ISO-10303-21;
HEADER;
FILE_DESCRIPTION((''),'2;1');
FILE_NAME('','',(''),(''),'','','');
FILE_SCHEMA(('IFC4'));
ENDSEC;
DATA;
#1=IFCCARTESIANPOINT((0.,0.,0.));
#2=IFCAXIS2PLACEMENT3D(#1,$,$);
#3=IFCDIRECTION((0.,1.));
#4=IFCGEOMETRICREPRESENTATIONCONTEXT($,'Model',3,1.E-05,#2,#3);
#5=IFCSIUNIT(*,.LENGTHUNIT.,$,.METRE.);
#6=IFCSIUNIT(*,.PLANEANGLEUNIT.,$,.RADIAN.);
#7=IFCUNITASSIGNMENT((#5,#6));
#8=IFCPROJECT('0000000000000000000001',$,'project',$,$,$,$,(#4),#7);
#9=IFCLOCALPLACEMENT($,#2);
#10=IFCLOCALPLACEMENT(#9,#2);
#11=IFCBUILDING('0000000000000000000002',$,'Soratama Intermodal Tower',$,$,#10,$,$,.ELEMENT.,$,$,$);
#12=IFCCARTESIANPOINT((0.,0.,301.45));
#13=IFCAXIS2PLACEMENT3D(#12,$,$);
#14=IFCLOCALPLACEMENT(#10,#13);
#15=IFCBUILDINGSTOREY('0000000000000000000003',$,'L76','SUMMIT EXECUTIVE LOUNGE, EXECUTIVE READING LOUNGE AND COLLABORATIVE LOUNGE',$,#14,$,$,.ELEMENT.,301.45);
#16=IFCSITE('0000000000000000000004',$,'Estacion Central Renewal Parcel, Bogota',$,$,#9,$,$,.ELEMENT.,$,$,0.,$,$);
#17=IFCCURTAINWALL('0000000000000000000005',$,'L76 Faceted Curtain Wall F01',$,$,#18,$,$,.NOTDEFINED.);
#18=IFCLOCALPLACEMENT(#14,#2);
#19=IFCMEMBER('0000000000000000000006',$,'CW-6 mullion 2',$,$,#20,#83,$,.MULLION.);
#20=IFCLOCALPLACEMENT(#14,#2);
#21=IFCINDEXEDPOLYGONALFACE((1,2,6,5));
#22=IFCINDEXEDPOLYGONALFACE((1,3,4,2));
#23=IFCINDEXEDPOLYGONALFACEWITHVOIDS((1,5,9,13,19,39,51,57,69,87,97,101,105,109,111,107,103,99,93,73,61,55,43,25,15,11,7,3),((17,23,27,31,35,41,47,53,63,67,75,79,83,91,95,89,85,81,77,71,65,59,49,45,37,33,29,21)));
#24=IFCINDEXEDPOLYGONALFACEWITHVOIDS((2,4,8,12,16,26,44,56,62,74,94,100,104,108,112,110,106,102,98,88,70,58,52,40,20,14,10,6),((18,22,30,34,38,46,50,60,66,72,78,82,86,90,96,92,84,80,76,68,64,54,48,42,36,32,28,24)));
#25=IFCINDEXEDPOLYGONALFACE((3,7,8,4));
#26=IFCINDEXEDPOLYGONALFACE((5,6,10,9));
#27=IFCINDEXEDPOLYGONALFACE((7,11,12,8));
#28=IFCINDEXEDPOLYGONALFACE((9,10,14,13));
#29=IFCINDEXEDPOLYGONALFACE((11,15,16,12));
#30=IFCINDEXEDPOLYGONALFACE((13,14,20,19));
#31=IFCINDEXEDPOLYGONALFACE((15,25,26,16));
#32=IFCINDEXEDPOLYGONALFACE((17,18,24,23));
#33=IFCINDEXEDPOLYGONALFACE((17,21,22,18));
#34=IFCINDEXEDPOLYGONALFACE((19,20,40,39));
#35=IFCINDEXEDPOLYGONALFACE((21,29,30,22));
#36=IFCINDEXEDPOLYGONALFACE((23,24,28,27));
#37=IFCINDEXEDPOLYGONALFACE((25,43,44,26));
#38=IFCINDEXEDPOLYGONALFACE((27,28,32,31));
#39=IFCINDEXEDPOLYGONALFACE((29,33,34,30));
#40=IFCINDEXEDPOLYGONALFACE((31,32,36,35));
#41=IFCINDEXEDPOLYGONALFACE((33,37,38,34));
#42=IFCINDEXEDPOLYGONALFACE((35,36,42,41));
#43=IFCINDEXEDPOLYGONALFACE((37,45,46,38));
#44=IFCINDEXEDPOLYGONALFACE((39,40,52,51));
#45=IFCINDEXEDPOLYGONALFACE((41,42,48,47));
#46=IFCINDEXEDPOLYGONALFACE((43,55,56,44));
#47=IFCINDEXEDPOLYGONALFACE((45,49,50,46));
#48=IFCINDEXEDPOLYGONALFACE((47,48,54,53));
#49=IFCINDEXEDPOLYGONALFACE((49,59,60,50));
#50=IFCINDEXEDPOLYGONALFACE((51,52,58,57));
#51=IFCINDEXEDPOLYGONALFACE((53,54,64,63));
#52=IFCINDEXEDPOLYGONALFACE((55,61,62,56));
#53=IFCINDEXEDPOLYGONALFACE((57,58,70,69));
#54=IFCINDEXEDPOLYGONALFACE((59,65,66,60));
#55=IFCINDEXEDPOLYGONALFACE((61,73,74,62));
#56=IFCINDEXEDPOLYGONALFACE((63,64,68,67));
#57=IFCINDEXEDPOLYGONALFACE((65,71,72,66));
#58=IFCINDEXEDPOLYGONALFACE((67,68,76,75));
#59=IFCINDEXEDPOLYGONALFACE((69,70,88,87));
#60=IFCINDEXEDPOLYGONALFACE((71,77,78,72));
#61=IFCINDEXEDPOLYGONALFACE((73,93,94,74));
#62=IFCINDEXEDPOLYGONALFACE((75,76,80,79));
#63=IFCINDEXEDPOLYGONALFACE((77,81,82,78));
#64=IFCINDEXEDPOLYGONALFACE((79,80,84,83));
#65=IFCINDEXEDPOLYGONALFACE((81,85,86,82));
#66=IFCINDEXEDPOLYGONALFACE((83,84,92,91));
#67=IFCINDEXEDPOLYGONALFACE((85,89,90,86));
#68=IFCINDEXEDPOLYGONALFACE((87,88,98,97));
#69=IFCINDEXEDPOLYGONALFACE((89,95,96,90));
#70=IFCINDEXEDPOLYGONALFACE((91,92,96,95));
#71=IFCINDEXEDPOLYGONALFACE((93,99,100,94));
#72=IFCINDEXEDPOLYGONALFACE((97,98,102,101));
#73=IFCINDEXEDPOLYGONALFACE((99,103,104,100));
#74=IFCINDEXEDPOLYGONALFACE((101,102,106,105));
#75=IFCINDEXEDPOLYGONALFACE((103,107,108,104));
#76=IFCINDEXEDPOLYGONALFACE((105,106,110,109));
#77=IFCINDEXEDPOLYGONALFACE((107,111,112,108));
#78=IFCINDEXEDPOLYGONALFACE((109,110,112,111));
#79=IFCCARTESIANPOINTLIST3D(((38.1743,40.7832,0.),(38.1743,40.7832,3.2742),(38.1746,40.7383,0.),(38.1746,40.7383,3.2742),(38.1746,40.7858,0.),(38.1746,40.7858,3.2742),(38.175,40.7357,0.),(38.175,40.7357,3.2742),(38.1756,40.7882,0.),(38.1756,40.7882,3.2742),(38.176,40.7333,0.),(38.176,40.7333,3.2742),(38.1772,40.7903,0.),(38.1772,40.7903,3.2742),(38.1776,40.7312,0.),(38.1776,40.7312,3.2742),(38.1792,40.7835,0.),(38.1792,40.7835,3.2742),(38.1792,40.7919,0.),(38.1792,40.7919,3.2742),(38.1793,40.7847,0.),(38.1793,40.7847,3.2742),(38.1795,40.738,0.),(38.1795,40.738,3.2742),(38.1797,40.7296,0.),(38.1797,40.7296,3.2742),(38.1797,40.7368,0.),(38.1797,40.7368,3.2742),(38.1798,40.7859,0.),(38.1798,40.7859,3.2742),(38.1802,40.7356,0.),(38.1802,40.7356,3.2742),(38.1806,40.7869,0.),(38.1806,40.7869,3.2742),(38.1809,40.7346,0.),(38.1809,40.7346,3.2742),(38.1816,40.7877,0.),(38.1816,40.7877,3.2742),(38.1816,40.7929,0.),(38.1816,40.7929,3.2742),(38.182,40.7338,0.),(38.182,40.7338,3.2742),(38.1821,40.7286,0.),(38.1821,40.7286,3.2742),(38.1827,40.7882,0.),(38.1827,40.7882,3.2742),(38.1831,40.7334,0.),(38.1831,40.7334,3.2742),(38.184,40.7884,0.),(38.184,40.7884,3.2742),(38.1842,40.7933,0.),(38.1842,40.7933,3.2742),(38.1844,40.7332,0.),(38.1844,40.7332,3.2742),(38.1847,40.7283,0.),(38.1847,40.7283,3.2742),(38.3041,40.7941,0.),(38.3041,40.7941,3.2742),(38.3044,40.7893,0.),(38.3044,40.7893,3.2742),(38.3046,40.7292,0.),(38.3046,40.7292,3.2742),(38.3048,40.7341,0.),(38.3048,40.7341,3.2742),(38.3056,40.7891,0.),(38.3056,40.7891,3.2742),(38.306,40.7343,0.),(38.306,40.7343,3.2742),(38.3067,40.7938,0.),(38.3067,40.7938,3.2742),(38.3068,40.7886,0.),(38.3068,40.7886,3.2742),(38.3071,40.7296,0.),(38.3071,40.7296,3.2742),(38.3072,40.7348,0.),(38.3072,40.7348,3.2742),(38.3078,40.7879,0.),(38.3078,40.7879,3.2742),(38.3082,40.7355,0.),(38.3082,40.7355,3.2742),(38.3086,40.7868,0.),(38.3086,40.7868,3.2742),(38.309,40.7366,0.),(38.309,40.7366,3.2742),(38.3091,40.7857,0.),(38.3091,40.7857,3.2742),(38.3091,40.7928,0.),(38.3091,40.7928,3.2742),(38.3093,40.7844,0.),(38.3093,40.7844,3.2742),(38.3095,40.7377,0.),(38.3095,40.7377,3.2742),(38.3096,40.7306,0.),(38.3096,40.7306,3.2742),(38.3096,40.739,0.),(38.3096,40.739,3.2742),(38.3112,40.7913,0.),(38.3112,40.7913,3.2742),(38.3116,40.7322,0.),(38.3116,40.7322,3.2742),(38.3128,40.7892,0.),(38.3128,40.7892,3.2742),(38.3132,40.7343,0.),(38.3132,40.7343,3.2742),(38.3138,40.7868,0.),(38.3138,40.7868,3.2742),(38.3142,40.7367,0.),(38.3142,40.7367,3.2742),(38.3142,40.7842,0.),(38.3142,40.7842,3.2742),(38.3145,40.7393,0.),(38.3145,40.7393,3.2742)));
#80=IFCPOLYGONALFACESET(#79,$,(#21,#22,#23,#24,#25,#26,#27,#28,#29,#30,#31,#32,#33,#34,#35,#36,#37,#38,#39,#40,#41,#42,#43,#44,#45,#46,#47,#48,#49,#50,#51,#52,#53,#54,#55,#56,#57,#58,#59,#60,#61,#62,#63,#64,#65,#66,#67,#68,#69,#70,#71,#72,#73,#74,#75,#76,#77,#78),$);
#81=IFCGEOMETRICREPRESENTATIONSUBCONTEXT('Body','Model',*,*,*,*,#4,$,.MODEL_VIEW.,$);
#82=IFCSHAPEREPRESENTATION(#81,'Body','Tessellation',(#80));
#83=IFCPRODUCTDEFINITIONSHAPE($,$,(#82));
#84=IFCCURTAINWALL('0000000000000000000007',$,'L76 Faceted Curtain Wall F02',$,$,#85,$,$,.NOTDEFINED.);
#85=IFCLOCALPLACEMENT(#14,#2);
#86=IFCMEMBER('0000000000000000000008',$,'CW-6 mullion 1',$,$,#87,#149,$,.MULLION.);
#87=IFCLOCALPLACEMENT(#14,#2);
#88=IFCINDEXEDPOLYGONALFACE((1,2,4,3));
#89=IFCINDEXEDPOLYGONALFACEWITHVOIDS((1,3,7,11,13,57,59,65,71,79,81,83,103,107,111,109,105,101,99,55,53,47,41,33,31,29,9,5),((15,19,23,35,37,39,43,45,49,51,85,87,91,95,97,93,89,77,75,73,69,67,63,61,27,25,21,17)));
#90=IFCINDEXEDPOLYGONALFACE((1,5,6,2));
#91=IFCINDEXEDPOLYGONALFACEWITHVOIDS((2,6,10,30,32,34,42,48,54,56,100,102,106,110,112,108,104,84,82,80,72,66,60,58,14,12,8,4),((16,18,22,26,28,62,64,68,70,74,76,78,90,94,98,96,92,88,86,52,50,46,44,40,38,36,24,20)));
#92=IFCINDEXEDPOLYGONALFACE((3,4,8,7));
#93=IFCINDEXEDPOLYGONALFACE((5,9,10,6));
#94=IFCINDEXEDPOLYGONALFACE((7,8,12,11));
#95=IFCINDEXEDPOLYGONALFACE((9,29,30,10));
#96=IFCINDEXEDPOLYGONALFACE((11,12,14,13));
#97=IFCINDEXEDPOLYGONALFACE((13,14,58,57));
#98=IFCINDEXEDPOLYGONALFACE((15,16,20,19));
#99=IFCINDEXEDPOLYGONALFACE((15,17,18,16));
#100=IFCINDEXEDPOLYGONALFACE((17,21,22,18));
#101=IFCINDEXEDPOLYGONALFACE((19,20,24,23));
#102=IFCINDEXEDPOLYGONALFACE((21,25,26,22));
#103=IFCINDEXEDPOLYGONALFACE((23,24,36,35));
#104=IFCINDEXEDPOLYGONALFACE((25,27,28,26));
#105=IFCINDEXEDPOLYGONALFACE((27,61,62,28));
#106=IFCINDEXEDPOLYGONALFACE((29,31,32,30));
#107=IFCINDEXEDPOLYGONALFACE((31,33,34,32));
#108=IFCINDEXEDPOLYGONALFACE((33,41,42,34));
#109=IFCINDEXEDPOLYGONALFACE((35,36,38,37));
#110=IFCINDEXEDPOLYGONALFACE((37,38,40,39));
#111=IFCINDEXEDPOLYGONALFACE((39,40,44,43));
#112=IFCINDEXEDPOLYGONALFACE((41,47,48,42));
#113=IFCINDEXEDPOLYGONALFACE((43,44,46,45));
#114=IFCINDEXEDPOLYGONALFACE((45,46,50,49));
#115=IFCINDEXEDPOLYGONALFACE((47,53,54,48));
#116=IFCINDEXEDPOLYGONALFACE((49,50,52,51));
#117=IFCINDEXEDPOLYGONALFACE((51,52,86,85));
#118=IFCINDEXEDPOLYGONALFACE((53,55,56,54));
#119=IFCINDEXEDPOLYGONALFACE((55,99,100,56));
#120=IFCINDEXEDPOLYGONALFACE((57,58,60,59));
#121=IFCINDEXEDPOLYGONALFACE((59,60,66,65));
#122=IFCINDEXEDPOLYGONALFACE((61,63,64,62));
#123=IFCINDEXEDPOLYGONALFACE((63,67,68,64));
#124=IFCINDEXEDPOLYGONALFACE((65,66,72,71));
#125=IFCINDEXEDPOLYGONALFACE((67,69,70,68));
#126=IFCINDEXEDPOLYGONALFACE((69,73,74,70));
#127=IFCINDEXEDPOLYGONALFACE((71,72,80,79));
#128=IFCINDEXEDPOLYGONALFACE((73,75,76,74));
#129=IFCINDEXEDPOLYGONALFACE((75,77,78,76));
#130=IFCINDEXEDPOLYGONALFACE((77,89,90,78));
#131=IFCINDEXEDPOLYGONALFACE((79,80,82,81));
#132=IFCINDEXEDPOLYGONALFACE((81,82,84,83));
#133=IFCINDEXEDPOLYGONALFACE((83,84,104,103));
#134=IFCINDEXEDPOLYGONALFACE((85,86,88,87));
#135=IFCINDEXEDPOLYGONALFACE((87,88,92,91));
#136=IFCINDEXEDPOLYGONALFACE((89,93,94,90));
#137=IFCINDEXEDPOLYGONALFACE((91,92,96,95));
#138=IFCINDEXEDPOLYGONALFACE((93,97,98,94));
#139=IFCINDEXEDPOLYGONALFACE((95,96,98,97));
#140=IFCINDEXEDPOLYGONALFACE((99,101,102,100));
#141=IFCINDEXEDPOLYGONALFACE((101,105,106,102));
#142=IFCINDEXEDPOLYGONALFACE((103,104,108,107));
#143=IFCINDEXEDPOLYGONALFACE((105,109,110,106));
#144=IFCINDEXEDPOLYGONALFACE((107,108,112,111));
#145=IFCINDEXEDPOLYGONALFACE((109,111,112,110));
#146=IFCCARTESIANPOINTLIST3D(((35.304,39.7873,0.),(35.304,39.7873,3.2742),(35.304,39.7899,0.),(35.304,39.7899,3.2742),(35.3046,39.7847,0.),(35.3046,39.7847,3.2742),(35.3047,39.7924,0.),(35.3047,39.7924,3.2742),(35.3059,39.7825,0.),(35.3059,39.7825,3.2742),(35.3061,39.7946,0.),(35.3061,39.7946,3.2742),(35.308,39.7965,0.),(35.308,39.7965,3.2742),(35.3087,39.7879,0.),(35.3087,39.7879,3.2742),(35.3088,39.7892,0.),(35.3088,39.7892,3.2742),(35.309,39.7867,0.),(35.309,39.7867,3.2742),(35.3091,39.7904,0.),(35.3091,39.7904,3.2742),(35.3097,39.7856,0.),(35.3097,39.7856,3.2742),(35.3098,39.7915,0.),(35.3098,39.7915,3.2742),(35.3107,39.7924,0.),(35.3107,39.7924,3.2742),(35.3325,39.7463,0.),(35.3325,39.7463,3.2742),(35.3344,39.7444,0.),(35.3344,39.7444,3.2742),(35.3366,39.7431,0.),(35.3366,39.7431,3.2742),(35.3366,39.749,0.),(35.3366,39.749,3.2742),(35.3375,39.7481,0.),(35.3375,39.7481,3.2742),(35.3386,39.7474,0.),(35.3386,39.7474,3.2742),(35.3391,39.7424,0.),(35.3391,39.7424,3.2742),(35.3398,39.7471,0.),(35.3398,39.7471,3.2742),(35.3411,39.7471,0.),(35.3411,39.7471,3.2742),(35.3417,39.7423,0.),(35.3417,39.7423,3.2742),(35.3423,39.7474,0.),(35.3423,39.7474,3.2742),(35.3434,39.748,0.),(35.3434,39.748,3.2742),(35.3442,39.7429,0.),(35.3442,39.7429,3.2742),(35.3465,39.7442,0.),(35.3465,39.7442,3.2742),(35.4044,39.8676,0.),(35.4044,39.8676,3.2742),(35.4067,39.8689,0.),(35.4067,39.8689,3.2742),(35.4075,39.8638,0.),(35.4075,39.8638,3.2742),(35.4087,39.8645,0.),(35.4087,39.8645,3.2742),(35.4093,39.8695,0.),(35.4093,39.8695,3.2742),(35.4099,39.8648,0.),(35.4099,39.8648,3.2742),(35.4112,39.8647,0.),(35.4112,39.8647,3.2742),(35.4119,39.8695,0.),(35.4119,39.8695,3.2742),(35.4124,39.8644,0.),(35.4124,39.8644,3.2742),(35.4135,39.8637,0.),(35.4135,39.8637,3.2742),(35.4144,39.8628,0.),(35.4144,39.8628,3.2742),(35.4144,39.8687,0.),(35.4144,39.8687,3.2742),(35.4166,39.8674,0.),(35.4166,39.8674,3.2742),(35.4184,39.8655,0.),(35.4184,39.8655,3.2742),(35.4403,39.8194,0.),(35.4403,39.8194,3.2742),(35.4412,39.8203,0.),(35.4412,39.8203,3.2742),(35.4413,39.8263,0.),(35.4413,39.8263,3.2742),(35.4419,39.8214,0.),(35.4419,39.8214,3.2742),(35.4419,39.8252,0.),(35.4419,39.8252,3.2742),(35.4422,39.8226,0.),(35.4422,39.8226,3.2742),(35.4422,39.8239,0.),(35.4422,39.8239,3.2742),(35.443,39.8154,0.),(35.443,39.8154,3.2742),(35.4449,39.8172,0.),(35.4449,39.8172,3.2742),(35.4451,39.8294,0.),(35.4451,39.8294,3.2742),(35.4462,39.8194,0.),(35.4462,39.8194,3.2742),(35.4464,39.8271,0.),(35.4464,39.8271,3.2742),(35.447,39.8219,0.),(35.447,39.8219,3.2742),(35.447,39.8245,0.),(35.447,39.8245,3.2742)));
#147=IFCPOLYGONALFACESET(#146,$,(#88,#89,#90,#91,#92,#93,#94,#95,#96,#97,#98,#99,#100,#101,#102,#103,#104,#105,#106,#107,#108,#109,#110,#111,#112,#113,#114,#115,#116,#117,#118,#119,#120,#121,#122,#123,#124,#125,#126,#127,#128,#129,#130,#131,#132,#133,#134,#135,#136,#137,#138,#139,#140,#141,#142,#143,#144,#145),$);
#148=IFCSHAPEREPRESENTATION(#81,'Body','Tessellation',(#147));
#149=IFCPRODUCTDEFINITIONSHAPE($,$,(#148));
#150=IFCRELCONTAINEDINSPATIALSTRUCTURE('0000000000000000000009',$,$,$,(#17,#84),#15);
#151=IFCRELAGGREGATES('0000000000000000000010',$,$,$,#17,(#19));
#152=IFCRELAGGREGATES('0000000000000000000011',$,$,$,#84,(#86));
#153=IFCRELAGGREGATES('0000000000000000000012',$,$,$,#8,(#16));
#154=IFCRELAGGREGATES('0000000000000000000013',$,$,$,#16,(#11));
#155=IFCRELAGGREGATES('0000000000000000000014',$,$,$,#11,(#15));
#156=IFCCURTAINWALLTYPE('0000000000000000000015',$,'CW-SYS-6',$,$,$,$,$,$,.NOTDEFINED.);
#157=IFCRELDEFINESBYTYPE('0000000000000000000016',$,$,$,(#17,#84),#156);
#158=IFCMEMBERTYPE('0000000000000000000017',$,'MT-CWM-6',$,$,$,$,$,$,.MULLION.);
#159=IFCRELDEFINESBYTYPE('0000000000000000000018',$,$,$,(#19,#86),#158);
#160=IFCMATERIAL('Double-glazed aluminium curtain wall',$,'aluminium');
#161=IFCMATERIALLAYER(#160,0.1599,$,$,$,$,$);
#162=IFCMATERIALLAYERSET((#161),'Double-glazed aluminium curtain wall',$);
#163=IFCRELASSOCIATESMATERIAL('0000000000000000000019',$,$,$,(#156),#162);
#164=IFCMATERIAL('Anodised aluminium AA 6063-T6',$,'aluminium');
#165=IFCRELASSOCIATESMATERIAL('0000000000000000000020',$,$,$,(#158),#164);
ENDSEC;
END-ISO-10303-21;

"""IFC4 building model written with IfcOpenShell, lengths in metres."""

from ifc_helpers import new_model, si_unit, direction, frame, origin, origin_2d, place, context, subcontext, project, spatial, hollow_rectangle, extrude, material, layer, layer_set, material_profile, profile_set, type_object, element, aggregate, save


model = new_model("IFC4")

# Units and contexts
model_context = context("Model", 3, precision=1e-05, world=origin(), true_north=direction((0.0, 1.0)))
body_context = subcontext(model_context, "Body", "Model", "MODEL_VIEW")
ifc_project = project(units=[si_unit("LENGTHUNIT", "METRE"), si_unit("PLANEANGLEUNIT", "RADIAN")], contexts=[model_context])

# Site, building, storey
site_placement = place(None, origin())
site = spatial("IfcSite", under=ifc_project, at=site_placement, Name="Estacion Central Renewal Parcel, Bogota", CompositionType="ELEMENT", RefElevation=0.0)
building_placement = place(site_placement, origin())
building = spatial("IfcBuilding", under=site, at=building_placement, Name="Soratama Intermodal Tower", CompositionType="ELEMENT")
storey_placement = place(building_placement, frame((0.0, 0.0, 301.45)))
storey = spatial("IfcBuildingStorey", under=building, at=storey_placement, Name="L76", Description="SUMMIT EXECUTIVE LOUNGE, EXECUTIVE READING LOUNGE AND COLLABORATIVE LOUNGE", CompositionType="ELEMENT", Elevation=301.45)

# Curtain wall, member
ifc_material_1 = material(Name="Double-glazed aluminium curtain wall", Category="aluminium")
ifc_layer_1 = layer(ifc_material_1, 0.1599)
ifc_layer_set_1 = layer_set([ifc_layer_1], Name="Double-glazed aluminium curtain wall")
curtain_wall_type = type_object("IfcCurtainWallType", Name="CW-SYS-6", PredefinedType="NOTDEFINED", material=ifc_layer_set_1)
curtain_wall_1_placement = place(storey_placement, origin())
curtain_wall_1 = element("IfcCurtainWall", 1, at=curtain_wall_1_placement, inside=storey, type_object=curtain_wall_type, Name="L76 Faceted Curtain Wall F01", PredefinedType="NOTDEFINED")
ifc_material_2 = material(Name="Anodised aluminium AA 6063-T6", Category="aluminium")
ifc_material_profile_1 = material_profile(ifc_material_2, hollow_rectangle(XDim=0.0649, YDim=0.1399, WallThickness=0.0049, InnerFilletRadius=0.0049, OuterFilletRadius=0.01, at=origin_2d()), Name="CWM140X65X5")
ifc_profile_set_1 = profile_set([ifc_material_profile_1], Name="Anodised aluminium AA 6063-T6")
member_type_1 = type_object("IfcMemberType", Name="MT-CWM-6", PredefinedType="MULLION", material=ifc_profile_set_1)
member_1_placement = place(storey_placement, frame((38.2444, 40.7612, 0.0), z_axis=(0.0, 0.0, 1.0), x_axis=(0.007339, -0.999973, 0.0)))
member_1 = element("IfcMember", 2, at=member_1_placement, type_object=member_type_1, Name="CW-6 mullion 2", PredefinedType="MULLION", context=body_context, shape_type="SweptSolid", body=[
    extrude(hollow_rectangle(XDim=0.0649, YDim=0.1399, WallThickness=0.0049, InnerFilletRadius=0.0049, OuterFilletRadius=0.01, at=origin_2d()), origin(), (0.0, 0.0, 1.0), 3.2742),
])
aggregate(curtain_wall_1, [member_1])

# Curtain wall, member
curtain_wall_2_placement = place(storey_placement, origin())
curtain_wall_2 = element("IfcCurtainWall", 3, at=curtain_wall_2_placement, inside=storey, type_object=curtain_wall_type, Name="L76 Faceted Curtain Wall F02", PredefinedType="NOTDEFINED")
member_2_placement = place(storey_placement, frame((35.3755, 39.8059, 0.0), z_axis=(0.0, 0.0, 1.0), x_axis=(0.593705, -0.804683, 0.0)))
member_2 = element("IfcMember", 4, at=member_2_placement, type_object=member_type_1, Name="CW-6 mullion 1", PredefinedType="MULLION", context=body_context, shape_type="SweptSolid", body=[
    extrude(hollow_rectangle(XDim=0.0649, YDim=0.1399, WallThickness=0.0049, InnerFilletRadius=0.0049, OuterFilletRadius=0.01, at=origin_2d()), origin(), (0.0, 0.0, 1.0), 3.2742),
])
aggregate(curtain_wall_2, [member_2])

save(model, "model.ifc")
